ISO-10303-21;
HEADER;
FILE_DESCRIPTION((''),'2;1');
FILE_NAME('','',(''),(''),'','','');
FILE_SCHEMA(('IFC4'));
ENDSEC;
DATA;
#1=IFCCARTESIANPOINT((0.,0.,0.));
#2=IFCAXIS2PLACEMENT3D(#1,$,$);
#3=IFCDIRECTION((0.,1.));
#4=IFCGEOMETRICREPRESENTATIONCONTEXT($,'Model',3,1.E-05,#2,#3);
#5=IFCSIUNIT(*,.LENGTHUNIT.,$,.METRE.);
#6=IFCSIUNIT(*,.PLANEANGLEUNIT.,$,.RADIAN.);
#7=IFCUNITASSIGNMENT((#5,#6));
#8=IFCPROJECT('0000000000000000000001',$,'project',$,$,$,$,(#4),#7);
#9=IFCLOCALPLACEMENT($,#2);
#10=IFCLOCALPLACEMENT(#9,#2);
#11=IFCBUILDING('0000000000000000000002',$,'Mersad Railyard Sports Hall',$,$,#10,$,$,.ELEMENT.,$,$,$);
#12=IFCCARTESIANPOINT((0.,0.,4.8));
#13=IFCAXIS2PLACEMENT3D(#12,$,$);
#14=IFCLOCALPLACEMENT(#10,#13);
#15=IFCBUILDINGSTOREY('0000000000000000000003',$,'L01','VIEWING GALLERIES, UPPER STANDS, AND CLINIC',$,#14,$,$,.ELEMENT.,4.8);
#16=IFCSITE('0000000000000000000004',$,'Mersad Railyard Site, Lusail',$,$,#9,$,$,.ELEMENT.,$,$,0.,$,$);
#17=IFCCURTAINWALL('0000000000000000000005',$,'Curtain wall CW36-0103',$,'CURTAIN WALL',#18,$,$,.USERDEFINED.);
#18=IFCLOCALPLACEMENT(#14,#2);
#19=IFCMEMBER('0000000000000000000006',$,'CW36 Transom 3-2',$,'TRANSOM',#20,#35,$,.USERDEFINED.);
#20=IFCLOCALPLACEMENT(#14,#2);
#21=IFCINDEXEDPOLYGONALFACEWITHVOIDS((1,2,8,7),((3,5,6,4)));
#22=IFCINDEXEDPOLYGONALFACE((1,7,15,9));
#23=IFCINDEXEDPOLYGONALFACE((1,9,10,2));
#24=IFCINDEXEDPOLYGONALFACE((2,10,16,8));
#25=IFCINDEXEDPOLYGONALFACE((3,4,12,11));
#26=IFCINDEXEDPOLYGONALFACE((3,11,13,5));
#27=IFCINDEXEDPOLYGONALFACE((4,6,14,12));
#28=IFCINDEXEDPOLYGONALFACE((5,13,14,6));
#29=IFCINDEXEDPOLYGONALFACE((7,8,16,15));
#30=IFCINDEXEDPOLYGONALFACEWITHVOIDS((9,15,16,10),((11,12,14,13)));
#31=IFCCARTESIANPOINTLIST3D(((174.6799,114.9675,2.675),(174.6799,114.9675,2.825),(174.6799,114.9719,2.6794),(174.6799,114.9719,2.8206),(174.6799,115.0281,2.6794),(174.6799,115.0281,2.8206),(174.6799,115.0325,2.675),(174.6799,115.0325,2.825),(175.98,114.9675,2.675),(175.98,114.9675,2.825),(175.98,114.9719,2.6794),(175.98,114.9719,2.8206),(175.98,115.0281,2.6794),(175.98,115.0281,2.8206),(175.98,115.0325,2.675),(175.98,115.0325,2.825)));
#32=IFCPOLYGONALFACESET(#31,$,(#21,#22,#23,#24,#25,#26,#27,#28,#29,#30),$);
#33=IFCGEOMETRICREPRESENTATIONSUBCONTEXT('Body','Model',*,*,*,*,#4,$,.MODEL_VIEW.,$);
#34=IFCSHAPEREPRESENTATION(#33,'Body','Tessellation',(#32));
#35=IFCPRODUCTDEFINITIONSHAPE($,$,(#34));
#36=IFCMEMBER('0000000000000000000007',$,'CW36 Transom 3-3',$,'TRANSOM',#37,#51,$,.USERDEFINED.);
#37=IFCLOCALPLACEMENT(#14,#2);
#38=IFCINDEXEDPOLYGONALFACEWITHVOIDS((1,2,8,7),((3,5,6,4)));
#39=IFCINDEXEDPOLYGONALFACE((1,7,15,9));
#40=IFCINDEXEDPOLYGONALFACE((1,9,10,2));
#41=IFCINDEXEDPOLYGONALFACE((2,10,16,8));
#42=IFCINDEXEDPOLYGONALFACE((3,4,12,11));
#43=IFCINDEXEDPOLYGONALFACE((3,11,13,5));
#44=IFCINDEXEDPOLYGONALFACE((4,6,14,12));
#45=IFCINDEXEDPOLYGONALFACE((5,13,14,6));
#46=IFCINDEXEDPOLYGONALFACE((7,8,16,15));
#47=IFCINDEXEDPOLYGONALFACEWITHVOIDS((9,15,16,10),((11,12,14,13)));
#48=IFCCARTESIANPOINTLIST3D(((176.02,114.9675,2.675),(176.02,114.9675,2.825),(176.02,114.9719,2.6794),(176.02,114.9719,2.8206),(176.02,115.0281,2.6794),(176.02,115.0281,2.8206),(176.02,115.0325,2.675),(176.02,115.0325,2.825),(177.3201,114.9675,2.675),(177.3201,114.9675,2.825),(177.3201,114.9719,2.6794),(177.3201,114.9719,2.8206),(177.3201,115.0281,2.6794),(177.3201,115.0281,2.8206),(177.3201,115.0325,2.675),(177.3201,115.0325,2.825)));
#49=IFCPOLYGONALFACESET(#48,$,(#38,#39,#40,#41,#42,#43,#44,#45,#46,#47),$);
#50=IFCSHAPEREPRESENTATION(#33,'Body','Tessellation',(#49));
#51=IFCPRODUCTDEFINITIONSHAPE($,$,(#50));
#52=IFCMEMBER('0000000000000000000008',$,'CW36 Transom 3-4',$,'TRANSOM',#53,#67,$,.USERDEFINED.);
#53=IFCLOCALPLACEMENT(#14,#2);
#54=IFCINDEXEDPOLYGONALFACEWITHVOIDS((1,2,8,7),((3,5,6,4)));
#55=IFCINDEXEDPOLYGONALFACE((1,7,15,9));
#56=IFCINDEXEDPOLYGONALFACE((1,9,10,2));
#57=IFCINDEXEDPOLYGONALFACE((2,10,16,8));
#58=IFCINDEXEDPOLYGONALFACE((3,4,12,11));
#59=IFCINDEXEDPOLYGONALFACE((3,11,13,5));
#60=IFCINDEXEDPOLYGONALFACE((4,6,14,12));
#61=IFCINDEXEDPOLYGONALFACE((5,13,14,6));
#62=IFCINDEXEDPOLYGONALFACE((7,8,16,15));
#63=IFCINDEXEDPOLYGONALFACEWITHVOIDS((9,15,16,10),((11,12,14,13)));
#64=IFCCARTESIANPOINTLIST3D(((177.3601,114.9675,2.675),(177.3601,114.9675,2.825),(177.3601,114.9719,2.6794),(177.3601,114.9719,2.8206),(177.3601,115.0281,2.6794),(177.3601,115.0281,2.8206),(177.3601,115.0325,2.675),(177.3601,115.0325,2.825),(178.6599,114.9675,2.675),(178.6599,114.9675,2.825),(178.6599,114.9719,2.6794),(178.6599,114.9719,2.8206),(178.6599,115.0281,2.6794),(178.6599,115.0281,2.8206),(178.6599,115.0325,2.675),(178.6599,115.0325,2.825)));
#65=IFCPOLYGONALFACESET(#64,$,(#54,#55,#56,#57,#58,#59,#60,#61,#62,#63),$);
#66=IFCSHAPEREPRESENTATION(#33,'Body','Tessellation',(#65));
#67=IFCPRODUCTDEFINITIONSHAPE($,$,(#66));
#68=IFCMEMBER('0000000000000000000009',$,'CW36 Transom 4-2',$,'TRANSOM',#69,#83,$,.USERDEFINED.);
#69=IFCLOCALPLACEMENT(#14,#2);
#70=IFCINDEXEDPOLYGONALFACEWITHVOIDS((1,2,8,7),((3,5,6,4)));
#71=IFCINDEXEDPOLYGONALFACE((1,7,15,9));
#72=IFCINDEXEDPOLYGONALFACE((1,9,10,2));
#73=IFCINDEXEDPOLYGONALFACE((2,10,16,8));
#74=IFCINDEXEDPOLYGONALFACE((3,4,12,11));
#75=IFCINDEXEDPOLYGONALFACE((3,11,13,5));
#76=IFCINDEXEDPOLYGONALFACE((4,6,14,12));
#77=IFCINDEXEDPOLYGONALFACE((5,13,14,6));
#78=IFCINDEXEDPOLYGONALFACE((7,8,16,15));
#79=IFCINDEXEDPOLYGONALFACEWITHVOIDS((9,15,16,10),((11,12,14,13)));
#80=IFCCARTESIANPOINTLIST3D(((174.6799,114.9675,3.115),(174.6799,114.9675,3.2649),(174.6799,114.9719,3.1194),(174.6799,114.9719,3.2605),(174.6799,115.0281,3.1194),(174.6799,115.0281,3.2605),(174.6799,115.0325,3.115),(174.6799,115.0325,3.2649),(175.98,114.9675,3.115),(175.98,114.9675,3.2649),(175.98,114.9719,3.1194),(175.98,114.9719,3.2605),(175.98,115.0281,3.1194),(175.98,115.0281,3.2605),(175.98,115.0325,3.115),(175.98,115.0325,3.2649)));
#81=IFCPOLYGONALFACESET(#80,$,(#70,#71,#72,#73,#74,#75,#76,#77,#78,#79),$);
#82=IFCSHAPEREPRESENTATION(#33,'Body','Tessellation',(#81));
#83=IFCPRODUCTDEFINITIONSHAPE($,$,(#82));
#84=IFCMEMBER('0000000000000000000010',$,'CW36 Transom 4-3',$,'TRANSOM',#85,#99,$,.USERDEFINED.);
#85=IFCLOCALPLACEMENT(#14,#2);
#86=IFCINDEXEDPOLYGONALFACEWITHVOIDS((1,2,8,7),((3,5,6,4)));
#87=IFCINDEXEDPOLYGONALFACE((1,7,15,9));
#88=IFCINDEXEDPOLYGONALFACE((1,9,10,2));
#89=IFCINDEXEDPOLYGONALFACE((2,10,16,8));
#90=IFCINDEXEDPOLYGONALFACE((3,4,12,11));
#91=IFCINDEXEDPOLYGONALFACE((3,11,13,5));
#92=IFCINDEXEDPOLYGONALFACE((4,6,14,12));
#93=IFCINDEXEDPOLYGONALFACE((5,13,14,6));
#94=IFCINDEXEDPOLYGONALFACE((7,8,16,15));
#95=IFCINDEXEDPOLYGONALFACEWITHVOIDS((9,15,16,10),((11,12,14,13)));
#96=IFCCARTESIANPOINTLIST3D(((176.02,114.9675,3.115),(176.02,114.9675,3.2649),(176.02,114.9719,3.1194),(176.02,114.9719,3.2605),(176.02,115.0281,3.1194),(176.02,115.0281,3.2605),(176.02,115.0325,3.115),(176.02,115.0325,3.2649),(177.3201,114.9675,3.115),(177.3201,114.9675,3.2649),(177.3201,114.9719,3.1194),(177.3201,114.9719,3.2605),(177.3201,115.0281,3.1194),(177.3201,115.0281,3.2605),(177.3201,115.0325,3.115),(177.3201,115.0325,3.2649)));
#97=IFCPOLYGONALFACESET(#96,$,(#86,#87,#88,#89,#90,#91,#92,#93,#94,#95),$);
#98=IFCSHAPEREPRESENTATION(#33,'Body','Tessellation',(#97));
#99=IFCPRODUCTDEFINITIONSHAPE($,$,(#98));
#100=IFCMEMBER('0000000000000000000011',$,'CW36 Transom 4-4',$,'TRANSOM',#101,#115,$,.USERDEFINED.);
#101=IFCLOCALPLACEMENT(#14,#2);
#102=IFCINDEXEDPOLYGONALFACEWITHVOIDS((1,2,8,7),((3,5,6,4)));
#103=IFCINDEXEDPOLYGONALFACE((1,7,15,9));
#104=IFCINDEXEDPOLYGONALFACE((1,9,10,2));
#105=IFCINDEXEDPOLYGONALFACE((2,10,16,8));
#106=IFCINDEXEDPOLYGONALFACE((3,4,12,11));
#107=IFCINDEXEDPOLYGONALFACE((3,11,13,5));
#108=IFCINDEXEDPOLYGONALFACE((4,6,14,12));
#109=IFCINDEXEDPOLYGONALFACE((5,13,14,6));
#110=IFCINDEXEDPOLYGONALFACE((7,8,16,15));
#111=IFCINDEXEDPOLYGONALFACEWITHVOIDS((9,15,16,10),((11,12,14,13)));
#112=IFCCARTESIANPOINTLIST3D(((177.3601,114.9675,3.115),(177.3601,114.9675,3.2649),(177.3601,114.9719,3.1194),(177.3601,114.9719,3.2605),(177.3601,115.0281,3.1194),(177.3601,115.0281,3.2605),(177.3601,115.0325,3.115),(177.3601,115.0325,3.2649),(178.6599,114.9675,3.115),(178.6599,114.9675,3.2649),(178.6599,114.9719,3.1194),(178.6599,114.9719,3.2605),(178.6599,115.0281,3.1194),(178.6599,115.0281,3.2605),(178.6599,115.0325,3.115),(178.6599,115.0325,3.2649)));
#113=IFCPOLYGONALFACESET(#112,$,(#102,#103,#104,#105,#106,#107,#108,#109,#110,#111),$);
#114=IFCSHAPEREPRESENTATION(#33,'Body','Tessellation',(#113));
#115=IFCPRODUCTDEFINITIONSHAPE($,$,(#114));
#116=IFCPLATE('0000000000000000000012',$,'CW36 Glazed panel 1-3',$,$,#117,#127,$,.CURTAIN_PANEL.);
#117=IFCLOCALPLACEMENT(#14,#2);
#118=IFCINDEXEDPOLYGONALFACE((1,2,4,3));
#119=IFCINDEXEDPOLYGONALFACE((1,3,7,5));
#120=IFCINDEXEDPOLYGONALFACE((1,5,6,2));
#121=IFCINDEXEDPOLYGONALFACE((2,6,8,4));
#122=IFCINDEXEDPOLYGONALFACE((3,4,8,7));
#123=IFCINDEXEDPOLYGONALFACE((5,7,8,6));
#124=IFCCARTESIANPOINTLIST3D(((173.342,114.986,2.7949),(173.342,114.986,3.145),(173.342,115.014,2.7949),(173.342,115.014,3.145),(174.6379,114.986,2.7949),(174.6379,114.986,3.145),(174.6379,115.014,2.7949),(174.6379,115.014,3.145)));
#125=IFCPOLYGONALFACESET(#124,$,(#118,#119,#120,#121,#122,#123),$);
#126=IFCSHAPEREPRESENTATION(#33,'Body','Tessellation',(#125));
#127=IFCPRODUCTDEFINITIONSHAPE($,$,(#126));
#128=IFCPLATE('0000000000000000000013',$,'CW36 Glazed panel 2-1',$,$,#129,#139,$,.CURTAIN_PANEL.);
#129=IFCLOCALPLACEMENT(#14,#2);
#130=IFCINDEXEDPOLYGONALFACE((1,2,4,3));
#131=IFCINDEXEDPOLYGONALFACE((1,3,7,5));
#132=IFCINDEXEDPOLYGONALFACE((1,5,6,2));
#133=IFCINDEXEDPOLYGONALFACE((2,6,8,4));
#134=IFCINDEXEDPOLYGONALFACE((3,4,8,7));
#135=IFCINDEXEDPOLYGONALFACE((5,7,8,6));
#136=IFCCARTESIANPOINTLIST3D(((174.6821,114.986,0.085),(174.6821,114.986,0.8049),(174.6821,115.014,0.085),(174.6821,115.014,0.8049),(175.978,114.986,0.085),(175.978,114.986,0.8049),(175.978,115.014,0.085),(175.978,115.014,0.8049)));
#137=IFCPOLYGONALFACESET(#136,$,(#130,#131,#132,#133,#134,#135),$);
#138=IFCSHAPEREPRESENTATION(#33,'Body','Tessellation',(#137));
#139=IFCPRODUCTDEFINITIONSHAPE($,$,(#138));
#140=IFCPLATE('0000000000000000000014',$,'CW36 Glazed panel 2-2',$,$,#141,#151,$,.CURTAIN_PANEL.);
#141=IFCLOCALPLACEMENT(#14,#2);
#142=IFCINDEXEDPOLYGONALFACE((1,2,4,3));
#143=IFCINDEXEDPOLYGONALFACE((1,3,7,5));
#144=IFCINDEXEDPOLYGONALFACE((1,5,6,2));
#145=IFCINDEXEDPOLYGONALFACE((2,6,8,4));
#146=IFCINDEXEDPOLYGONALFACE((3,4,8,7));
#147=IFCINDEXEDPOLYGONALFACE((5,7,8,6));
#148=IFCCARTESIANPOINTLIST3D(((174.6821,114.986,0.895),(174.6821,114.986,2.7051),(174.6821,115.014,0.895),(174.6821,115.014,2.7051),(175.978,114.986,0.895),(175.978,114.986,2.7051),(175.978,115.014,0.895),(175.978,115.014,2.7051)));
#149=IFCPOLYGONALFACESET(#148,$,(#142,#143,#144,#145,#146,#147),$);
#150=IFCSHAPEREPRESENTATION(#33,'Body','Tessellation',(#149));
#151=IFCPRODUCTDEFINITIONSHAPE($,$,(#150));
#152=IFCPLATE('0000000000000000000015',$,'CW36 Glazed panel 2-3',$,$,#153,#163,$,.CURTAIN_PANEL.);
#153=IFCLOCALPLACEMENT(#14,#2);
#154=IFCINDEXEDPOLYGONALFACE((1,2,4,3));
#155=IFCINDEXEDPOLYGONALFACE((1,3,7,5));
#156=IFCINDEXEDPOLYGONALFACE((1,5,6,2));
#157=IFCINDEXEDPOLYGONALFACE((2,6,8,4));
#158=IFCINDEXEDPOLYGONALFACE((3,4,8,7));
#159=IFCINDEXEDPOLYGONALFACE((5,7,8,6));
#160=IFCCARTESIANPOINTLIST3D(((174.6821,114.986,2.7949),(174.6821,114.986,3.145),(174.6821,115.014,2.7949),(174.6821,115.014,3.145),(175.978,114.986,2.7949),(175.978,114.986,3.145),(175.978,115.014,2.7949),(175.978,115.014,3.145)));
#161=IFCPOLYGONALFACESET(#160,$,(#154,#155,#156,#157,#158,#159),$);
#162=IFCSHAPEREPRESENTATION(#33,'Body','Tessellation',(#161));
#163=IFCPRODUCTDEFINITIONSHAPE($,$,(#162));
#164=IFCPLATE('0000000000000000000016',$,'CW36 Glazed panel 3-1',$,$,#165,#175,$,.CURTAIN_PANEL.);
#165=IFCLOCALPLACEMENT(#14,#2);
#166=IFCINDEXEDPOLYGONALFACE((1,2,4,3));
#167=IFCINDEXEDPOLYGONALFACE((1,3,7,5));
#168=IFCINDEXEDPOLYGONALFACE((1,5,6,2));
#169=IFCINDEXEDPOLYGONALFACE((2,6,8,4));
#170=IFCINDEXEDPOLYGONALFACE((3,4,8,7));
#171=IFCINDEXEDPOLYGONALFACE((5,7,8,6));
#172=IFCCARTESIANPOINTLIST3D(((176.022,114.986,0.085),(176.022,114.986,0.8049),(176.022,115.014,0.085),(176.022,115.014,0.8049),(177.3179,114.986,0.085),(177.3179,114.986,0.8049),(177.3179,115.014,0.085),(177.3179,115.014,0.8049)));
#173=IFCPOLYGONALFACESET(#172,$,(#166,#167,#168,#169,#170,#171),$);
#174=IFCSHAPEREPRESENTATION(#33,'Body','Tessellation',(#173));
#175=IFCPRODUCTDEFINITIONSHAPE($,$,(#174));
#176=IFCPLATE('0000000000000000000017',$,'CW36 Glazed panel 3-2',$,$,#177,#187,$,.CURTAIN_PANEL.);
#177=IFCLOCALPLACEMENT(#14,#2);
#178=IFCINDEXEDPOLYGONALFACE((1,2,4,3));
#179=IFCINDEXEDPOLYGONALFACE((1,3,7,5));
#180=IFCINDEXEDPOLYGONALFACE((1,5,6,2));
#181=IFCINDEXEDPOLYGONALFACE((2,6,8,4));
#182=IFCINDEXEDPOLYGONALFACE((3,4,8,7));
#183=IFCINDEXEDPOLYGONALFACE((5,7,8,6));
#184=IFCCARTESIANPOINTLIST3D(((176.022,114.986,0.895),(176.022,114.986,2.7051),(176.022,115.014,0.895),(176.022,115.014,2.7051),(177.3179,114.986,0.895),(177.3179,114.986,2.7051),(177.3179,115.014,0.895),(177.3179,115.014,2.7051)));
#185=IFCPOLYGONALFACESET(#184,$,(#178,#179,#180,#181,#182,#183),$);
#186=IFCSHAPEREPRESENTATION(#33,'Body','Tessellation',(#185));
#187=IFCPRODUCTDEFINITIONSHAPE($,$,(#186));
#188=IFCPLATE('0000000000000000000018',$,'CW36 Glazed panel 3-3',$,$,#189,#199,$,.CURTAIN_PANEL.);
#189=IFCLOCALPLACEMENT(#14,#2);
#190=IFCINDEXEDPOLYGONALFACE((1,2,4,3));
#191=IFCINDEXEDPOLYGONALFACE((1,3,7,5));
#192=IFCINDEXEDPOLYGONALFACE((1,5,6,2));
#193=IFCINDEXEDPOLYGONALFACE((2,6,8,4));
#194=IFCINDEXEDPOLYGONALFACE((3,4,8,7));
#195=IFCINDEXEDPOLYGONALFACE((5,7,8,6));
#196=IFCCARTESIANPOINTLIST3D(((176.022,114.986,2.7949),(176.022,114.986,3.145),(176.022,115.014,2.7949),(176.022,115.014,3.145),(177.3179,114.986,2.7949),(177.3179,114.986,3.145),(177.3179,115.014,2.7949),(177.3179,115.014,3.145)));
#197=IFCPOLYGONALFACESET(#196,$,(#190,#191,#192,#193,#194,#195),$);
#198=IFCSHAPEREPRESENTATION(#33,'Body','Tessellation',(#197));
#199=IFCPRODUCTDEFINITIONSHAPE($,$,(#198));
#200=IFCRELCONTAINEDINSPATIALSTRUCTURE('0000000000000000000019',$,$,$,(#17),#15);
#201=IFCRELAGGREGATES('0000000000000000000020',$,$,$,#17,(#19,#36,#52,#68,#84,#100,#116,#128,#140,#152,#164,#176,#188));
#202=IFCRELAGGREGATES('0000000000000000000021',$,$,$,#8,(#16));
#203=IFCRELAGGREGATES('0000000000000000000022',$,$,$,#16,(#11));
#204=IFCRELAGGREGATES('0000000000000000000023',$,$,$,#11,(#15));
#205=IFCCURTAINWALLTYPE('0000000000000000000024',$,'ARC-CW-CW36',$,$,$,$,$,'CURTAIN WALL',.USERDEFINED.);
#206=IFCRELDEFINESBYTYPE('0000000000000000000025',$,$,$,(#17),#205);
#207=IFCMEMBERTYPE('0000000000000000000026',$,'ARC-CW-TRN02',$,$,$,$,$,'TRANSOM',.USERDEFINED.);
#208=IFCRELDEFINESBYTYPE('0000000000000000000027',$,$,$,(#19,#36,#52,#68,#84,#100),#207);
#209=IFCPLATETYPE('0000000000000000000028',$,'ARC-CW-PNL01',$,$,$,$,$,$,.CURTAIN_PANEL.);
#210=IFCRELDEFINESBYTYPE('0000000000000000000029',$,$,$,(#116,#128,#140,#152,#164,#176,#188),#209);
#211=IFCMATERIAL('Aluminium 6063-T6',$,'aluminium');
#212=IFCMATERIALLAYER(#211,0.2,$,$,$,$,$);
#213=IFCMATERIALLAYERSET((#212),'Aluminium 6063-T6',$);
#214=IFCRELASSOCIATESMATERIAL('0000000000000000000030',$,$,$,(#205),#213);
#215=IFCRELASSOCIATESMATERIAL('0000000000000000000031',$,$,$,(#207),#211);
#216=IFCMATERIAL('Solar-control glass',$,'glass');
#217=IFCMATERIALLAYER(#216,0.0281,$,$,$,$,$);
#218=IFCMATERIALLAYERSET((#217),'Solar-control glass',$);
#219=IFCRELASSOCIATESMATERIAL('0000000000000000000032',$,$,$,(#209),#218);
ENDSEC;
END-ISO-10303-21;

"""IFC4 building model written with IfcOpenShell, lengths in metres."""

from ifc_helpers import new_model, si_unit, direction, frame, origin, origin_2d, place, context, subcontext, project, spatial, rectangle, hollow_rectangle, extrude, material, layer, layer_set, material_profile, profile_set, type_object, element, aggregate, save


model = new_model("IFC4")

# Units and contexts
model_context = context("Model", 3, precision=1e-05, world=origin(), true_north=direction((0.0, 1.0)))
body_context = subcontext(model_context, "Body", "Model", "MODEL_VIEW")
ifc_project = project(units=[si_unit("LENGTHUNIT", "METRE"), si_unit("PLANEANGLEUNIT", "RADIAN")], contexts=[model_context])

# Site, building, storey
site_placement = place(None, origin())
site = spatial("IfcSite", under=ifc_project, at=site_placement, Name="Mersad Railyard Site, Lusail", CompositionType="ELEMENT", RefElevation=0.0)
building_placement = place(site_placement, origin())
building = spatial("IfcBuilding", under=site, at=building_placement, Name="Mersad Railyard Sports Hall", CompositionType="ELEMENT")
storey_placement = place(building_placement, frame((0.0, 0.0, 4.8)))
storey = spatial("IfcBuildingStorey", under=building, at=storey_placement, Name="L01", Description="VIEWING GALLERIES, UPPER STANDS, AND CLINIC", CompositionType="ELEMENT", Elevation=4.8)

# Curtain wall, members, plates
ifc_material_1 = material(Name="Aluminium 6063-T6", Category="aluminium")
ifc_layer_1 = layer(ifc_material_1, 0.2)
ifc_layer_set_1 = layer_set([ifc_layer_1], Name="Aluminium 6063-T6")
curtain_wall_type = type_object("IfcCurtainWallType", Name="ARC-CW-CW36", ElementType="CURTAIN WALL", PredefinedType="USERDEFINED", material=ifc_layer_set_1)
curtain_wall_placement = place(storey_placement, origin())
curtain_wall = element("IfcCurtainWall", 1, at=curtain_wall_placement, inside=storey, type_object=curtain_wall_type, Name="Curtain wall CW36-0103", ObjectType="CURTAIN WALL", PredefinedType="USERDEFINED")
ifc_material_profile_1 = material_profile(ifc_material_1, hollow_rectangle(XDim=0.0649, YDim=0.1499, WallThickness=0.0044, at=origin_2d()), Name="AL TRANSOM 65x150x4.5")
ifc_profile_set_1 = profile_set([ifc_material_profile_1], Name="Aluminium 6063-T6")
member_type_1 = type_object("IfcMemberType", Name="ARC-CW-TRN02", ElementType="TRANSOM", PredefinedType="USERDEFINED", material=ifc_profile_set_1)
member_1_placement = place(storey_placement, frame((174.6799, 115.0, 2.75), z_axis=(1.0, 0.0, 0.0), x_axis=(0.0, 1.0, 0.0)))
member_1 = element("IfcMember", 2, at=member_1_placement, type_object=member_type_1, Name="CW36 Transom 3-2", ObjectType="TRANSOM", PredefinedType="USERDEFINED", context=body_context, shape_type="SweptSolid", body=[
    extrude(hollow_rectangle(XDim=0.0649, YDim=0.1499, WallThickness=0.0044, at=origin_2d()), origin(), (0.0, 0.0, 1.0), 1.3),
])
member_2_placement = place(storey_placement, frame((176.02, 115.0, 2.75), z_axis=(1.0, 0.0, 0.0), x_axis=(0.0, 1.0, 0.0)))
member_2 = element("IfcMember", 3, at=member_2_placement, type_object=member_type_1, Name="CW36 Transom 3-3", ObjectType="TRANSOM", PredefinedType="USERDEFINED", context=body_context, shape_type="SweptSolid", body=[
    extrude(hollow_rectangle(XDim=0.0649, YDim=0.1499, WallThickness=0.0044, at=origin_2d()), origin(), (0.0, 0.0, 1.0), 1.3),
])
member_3_placement = place(storey_placement, frame((177.3601, 115.0, 2.75), z_axis=(1.0, 0.0, 0.0), x_axis=(0.0, 1.0, 0.0)))
member_3 = element("IfcMember", 4, at=member_3_placement, type_object=member_type_1, Name="CW36 Transom 3-4", ObjectType="TRANSOM", PredefinedType="USERDEFINED", context=body_context, shape_type="SweptSolid", body=[
    extrude(hollow_rectangle(XDim=0.0649, YDim=0.1499, WallThickness=0.0044, at=origin_2d()), origin(), (0.0, 0.0, 1.0), 1.2998),
])
member_4_placement = place(storey_placement, frame((174.6799, 115.0, 3.1899), z_axis=(1.0, 0.0, 0.0), x_axis=(0.0, 1.0, 0.0)))
member_4 = element("IfcMember", 5, at=member_4_placement, type_object=member_type_1, Name="CW36 Transom 4-2", ObjectType="TRANSOM", PredefinedType="USERDEFINED", context=body_context, shape_type="SweptSolid", body=[
    extrude(hollow_rectangle(XDim=0.0649, YDim=0.1499, WallThickness=0.0044, at=origin_2d()), origin(), (0.0, 0.0, 1.0), 1.3),
])
member_5_placement = place(storey_placement, frame((176.02, 115.0, 3.1899), z_axis=(1.0, 0.0, 0.0), x_axis=(0.0, 1.0, 0.0)))
member_5 = element("IfcMember", 6, at=member_5_placement, type_object=member_type_1, Name="CW36 Transom 4-3", ObjectType="TRANSOM", PredefinedType="USERDEFINED", context=body_context, shape_type="SweptSolid", body=[
    extrude(hollow_rectangle(XDim=0.0649, YDim=0.1499, WallThickness=0.0044, at=origin_2d()), origin(), (0.0, 0.0, 1.0), 1.3),
])
member_6_placement = place(storey_placement, frame((177.3601, 115.0, 3.1899), z_axis=(1.0, 0.0, 0.0), x_axis=(0.0, 1.0, 0.0)))
member_6 = element("IfcMember", 7, at=member_6_placement, type_object=member_type_1, Name="CW36 Transom 4-4", ObjectType="TRANSOM", PredefinedType="USERDEFINED", context=body_context, shape_type="SweptSolid", body=[
    extrude(hollow_rectangle(XDim=0.0649, YDim=0.1499, WallThickness=0.0044, at=origin_2d()), origin(), (0.0, 0.0, 1.0), 1.2998),
])
ifc_material_2 = material(Name="Solar-control glass", Category="glass")
ifc_layer_2 = layer(ifc_material_2, 0.0281)
ifc_layer_set_2 = layer_set([ifc_layer_2], Name="Solar-control glass")
plate_type = type_object("IfcPlateType", Name="ARC-CW-PNL01", PredefinedType="CURTAIN_PANEL", material=ifc_layer_set_2)
plate_1_placement = place(storey_placement, frame((173.99, 115.0, 2.7949), z_axis=(0.0, 0.0, 1.0), x_axis=(1.0, 0.0, 0.0)))
plate_1 = element("IfcPlate", 8, at=plate_1_placement, type_object=plate_type, Name="CW36 Glazed panel 1-3", PredefinedType="CURTAIN_PANEL", context=body_context, shape_type="SweptSolid", body=[
    extrude(rectangle(XDim=1.2959, YDim=0.0281, at=origin_2d()), origin(), (0.0, 0.0, 1.0), 0.3501),
])
plate_2_placement = place(storey_placement, frame((175.3301, 115.0, 0.085), z_axis=(0.0, 0.0, 1.0), x_axis=(1.0, 0.0, 0.0)))
plate_2 = element("IfcPlate", 9, at=plate_2_placement, type_object=plate_type, Name="CW36 Glazed panel 2-1", PredefinedType="CURTAIN_PANEL", context=body_context, shape_type="SweptSolid", body=[
    extrude(rectangle(XDim=1.2959, YDim=0.0281, at=origin_2d()), origin(), (0.0, 0.0, 1.0), 0.72),
])
plate_3_placement = place(storey_placement, frame((175.3301, 115.0, 0.895), z_axis=(0.0, 0.0, 1.0), x_axis=(1.0, 0.0, 0.0)))
plate_3 = element("IfcPlate", 10, at=plate_3_placement, type_object=plate_type, Name="CW36 Glazed panel 2-2", PredefinedType="CURTAIN_PANEL", context=body_context, shape_type="SweptSolid", body=[
    extrude(rectangle(XDim=1.2959, YDim=0.0281, at=origin_2d()), origin(), (0.0, 0.0, 1.0), 1.8101),
])
plate_4_placement = place(storey_placement, frame((175.3301, 115.0, 2.7949), z_axis=(0.0, 0.0, 1.0), x_axis=(1.0, 0.0, 0.0)))
plate_4 = element("IfcPlate", 11, at=plate_4_placement, type_object=plate_type, Name="CW36 Glazed panel 2-3", PredefinedType="CURTAIN_PANEL", context=body_context, shape_type="SweptSolid", body=[
    extrude(rectangle(XDim=1.2959, YDim=0.0281, at=origin_2d()), origin(), (0.0, 0.0, 1.0), 0.3501),
])
plate_5_placement = place(storey_placement, frame((176.6699, 115.0, 0.085), z_axis=(0.0, 0.0, 1.0), x_axis=(1.0, 0.0, 0.0)))
plate_5 = element("IfcPlate", 12, at=plate_5_placement, type_object=plate_type, Name="CW36 Glazed panel 3-1", PredefinedType="CURTAIN_PANEL", context=body_context, shape_type="SweptSolid", body=[
    extrude(rectangle(XDim=1.2959, YDim=0.0281, at=origin_2d()), origin(), (0.0, 0.0, 1.0), 0.72),
])
plate_6_placement = place(storey_placement, frame((176.6699, 115.0, 0.895), z_axis=(0.0, 0.0, 1.0), x_axis=(1.0, 0.0, 0.0)))
plate_6 = element("IfcPlate", 13, at=plate_6_placement, type_object=plate_type, Name="CW36 Glazed panel 3-2", PredefinedType="CURTAIN_PANEL", context=body_context, shape_type="SweptSolid", body=[
    extrude(rectangle(XDim=1.2959, YDim=0.0281, at=origin_2d()), origin(), (0.0, 0.0, 1.0), 1.8101),
])
plate_7_placement = place(storey_placement, frame((176.6699, 115.0, 2.7949), z_axis=(0.0, 0.0, 1.0), x_axis=(1.0, 0.0, 0.0)))
plate_7 = element("IfcPlate", 14, at=plate_7_placement, type_object=plate_type, Name="CW36 Glazed panel 3-3", PredefinedType="CURTAIN_PANEL", context=body_context, shape_type="SweptSolid", body=[
    extrude(rectangle(XDim=1.2959, YDim=0.0281, at=origin_2d()), origin(), (0.0, 0.0, 1.0), 0.3501),
])
aggregate(curtain_wall, [member_1, member_2, member_3, member_4, member_5, member_6, plate_1, plate_2, plate_3, plate_4, plate_5, plate_6, plate_7])

save(model, "model.ifc")
